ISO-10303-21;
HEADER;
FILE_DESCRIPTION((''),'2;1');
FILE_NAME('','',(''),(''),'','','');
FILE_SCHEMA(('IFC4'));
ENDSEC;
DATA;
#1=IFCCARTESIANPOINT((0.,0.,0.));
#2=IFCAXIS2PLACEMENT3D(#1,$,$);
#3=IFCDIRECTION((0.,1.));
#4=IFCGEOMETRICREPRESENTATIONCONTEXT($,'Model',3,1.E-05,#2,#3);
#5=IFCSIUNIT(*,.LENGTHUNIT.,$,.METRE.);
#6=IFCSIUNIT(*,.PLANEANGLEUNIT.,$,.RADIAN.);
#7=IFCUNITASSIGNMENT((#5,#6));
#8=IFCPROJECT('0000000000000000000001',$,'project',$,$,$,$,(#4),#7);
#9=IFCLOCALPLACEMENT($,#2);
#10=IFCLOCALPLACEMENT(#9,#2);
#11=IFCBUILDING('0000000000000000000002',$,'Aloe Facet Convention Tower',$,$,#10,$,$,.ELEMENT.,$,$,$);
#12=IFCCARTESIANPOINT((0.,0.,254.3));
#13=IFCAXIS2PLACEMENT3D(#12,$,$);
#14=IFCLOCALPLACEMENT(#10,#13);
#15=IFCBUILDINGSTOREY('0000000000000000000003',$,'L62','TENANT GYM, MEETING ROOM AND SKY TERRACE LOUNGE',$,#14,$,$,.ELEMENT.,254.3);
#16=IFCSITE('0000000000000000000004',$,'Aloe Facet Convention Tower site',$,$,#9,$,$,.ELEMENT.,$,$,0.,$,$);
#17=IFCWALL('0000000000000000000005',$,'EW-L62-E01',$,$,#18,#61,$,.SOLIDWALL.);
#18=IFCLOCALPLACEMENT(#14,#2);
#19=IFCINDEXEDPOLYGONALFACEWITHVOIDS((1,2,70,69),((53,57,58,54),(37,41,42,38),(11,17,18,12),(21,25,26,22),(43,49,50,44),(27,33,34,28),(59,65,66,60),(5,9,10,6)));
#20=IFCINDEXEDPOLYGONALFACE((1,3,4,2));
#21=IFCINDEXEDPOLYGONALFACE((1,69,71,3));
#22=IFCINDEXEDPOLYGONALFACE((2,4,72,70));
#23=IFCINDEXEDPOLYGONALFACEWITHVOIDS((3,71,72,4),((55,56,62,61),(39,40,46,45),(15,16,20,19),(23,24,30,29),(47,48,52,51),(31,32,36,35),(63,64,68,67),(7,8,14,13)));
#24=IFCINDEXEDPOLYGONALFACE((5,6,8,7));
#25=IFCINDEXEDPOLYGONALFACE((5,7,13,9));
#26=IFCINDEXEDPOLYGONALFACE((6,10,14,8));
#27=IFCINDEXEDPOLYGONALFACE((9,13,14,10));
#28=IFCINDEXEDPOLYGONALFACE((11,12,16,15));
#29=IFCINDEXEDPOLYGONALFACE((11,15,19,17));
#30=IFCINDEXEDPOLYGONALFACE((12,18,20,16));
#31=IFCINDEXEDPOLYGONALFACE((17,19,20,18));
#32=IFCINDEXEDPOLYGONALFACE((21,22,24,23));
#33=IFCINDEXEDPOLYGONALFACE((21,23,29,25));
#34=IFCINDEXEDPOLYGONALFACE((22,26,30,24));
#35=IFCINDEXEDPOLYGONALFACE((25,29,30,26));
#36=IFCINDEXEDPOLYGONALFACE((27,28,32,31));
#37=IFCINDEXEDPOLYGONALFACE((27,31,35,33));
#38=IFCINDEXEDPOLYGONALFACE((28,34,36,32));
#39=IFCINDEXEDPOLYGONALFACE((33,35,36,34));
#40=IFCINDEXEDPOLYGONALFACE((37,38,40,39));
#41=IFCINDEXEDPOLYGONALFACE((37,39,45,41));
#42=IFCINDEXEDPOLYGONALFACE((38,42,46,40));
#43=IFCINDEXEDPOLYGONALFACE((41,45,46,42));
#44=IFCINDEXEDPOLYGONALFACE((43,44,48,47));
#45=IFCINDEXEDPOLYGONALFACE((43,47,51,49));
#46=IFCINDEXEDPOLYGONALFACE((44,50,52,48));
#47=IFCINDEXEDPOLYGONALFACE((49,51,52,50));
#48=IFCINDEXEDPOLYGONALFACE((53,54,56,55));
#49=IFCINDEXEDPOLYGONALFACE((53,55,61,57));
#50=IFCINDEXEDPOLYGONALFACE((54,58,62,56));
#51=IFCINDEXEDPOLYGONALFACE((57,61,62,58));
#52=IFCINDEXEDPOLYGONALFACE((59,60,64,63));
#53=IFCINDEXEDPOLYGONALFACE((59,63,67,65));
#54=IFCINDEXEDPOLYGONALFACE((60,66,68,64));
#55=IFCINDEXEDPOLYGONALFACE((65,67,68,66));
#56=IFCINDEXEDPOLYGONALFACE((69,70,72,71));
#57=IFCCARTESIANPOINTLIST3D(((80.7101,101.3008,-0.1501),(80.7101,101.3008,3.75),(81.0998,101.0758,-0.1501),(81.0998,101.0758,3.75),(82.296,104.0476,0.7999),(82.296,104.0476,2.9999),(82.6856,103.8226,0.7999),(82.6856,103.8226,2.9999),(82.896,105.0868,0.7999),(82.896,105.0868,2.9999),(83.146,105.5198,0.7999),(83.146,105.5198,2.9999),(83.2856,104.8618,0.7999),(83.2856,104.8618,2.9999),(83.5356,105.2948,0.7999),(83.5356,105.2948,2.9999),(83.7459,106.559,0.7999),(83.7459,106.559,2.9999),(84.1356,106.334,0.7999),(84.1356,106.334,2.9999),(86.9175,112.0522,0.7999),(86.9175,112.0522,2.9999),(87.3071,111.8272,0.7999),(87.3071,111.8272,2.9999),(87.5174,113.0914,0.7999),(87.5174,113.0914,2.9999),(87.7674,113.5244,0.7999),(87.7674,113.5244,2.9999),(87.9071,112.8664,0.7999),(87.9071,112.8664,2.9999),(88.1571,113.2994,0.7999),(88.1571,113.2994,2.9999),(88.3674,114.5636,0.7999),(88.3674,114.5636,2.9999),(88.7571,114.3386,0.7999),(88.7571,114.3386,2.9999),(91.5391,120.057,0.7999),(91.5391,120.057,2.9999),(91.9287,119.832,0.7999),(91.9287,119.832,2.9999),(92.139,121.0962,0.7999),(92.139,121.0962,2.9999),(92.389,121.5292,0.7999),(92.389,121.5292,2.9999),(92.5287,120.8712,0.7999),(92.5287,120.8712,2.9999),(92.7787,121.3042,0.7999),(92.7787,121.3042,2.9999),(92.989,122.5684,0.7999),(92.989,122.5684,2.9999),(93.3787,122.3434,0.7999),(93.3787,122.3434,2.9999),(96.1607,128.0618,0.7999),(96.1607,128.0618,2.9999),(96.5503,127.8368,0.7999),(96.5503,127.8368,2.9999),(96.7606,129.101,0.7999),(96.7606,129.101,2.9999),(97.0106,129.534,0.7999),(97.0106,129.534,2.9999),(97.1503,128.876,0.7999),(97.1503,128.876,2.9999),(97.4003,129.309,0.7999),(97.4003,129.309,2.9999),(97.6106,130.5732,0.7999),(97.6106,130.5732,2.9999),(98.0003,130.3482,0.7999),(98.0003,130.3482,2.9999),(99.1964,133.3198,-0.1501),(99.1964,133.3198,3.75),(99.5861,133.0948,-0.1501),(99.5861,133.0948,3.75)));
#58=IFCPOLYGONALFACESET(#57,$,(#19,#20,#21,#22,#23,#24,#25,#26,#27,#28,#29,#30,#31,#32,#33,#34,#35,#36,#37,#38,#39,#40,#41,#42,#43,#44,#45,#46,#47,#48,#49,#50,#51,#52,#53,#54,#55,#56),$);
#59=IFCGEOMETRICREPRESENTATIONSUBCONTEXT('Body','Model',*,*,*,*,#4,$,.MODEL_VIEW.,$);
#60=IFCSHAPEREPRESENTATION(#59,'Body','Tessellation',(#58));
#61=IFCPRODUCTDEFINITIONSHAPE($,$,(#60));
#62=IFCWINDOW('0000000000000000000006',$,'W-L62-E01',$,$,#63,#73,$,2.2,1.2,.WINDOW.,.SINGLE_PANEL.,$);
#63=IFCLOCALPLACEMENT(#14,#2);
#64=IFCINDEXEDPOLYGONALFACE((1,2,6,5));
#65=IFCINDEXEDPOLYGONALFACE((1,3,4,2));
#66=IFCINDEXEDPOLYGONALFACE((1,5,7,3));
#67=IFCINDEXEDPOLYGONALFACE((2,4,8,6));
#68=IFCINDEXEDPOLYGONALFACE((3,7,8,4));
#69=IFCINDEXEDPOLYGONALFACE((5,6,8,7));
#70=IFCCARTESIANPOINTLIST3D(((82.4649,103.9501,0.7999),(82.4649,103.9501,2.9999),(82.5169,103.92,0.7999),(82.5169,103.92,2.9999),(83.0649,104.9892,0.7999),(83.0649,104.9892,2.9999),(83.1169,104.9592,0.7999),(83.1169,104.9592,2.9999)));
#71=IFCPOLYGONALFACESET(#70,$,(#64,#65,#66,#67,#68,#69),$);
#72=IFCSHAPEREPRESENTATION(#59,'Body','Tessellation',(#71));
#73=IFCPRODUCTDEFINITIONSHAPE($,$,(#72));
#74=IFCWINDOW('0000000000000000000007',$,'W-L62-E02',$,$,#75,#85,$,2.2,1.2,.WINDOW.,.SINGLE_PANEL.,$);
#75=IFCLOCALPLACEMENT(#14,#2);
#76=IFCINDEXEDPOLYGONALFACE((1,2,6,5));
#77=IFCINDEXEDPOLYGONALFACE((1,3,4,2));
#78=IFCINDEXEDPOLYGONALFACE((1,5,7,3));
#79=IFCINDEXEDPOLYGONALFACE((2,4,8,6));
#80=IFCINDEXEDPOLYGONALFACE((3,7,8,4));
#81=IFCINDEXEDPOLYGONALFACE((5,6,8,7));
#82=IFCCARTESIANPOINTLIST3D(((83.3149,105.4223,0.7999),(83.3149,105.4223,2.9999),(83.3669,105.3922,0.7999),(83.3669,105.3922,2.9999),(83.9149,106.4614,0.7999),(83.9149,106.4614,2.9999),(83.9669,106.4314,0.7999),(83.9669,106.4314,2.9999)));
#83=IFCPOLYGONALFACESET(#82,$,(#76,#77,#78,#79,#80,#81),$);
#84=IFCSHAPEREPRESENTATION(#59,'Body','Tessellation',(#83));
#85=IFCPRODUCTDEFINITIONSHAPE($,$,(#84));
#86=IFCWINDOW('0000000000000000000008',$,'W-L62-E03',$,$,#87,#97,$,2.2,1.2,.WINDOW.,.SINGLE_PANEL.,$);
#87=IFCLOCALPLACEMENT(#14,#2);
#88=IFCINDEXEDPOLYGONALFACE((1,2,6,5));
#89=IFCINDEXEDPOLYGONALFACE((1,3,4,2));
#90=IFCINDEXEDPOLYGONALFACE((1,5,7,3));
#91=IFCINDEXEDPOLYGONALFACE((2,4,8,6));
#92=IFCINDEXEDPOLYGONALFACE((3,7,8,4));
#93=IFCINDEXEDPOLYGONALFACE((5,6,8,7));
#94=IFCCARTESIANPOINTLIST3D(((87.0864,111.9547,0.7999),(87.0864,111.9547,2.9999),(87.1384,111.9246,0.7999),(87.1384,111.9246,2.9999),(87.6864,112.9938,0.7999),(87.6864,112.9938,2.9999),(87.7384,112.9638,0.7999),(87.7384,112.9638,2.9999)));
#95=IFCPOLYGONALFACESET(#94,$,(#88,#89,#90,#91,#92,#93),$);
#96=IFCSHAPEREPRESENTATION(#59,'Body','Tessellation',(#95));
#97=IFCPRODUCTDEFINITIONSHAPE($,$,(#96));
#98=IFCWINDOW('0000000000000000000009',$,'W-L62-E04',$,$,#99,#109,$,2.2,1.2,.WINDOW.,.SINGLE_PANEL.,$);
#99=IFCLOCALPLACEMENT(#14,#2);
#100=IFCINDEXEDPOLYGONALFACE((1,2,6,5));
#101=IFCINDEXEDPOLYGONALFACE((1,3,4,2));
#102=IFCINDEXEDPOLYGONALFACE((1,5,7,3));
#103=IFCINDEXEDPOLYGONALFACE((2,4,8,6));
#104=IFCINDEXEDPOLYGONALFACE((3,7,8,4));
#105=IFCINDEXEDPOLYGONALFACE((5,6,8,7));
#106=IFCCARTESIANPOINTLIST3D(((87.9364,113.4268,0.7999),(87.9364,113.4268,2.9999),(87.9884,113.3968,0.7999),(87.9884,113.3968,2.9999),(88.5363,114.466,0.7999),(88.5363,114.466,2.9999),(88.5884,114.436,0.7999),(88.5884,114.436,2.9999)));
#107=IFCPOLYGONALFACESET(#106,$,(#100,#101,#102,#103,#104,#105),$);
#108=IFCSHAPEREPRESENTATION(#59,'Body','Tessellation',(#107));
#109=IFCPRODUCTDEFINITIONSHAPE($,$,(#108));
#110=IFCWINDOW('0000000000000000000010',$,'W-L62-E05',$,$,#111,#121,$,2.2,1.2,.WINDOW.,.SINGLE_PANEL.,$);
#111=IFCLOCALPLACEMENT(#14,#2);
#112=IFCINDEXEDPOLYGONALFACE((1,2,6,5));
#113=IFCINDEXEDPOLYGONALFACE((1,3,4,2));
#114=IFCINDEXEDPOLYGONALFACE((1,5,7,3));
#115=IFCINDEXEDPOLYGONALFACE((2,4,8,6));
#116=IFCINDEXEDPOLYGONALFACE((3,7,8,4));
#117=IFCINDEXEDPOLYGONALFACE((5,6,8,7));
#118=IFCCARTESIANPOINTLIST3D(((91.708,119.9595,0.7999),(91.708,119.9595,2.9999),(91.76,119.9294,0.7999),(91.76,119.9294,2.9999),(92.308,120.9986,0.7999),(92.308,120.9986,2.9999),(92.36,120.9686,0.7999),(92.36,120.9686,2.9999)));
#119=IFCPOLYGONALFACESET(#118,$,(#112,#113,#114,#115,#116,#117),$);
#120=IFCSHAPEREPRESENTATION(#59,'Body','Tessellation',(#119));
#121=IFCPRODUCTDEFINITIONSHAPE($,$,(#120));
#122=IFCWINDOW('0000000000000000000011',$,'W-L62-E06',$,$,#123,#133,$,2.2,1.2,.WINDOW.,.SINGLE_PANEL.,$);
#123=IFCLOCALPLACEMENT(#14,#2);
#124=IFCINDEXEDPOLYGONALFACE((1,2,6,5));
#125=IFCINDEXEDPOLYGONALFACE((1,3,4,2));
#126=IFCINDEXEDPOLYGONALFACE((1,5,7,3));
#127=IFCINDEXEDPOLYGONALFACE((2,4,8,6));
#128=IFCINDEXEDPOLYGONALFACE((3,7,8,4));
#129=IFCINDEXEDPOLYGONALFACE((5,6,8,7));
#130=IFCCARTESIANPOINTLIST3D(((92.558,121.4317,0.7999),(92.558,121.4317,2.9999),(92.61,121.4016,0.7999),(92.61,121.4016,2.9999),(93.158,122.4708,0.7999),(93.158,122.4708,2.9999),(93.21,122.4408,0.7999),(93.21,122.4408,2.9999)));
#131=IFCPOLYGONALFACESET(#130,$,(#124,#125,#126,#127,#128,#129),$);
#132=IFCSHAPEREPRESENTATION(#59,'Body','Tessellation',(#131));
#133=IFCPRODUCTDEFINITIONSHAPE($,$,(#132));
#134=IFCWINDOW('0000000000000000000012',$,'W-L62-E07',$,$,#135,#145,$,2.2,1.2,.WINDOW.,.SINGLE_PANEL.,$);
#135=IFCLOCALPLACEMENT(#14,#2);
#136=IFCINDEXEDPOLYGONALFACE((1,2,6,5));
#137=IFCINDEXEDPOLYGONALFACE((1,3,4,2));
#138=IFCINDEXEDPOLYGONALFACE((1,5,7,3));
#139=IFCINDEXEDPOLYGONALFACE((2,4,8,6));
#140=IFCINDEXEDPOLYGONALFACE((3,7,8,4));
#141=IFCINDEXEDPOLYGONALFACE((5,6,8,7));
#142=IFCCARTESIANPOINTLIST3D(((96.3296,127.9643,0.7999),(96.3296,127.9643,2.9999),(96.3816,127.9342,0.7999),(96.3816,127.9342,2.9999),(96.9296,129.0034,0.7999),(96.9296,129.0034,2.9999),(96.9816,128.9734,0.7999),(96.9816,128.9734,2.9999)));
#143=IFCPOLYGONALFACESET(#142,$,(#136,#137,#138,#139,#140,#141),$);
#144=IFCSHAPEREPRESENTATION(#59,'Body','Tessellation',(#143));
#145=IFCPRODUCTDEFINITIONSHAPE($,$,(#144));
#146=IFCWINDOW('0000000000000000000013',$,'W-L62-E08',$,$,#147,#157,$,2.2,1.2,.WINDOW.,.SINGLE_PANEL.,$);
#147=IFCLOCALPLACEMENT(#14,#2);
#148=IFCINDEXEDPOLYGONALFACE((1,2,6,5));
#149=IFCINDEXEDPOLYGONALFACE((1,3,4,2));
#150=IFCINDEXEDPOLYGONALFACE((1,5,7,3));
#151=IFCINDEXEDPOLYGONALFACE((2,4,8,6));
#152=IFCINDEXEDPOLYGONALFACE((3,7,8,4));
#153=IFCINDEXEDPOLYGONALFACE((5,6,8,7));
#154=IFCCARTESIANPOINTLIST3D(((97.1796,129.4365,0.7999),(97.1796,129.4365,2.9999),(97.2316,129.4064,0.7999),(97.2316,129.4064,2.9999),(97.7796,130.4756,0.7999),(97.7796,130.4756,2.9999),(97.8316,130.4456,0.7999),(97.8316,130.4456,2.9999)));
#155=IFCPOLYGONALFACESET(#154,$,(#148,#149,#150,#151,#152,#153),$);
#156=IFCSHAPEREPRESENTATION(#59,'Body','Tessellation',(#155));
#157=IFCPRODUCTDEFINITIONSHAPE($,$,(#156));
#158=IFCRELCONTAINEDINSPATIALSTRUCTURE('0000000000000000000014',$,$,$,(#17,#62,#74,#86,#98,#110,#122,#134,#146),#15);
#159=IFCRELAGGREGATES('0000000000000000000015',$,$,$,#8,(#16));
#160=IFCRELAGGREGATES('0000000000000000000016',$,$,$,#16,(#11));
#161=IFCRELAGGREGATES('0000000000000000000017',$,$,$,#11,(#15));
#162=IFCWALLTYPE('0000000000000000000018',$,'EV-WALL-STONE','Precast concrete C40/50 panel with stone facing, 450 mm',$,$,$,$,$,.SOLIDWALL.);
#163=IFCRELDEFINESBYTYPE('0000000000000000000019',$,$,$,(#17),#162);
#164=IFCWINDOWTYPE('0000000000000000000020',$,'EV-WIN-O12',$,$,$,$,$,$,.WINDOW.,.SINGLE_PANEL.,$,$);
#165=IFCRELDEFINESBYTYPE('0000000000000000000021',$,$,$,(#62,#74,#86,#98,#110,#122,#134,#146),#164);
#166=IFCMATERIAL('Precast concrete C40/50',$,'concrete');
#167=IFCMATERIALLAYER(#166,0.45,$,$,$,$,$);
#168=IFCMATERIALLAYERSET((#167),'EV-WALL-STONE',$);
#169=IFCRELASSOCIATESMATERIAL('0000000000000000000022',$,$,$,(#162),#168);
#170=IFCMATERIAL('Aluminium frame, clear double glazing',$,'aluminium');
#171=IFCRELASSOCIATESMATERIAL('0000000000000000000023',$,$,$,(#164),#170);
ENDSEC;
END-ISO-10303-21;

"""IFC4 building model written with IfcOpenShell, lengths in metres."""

from ifc_helpers import new_model, si_unit, direction, frame, frame_2d, origin, place, context, subcontext, project, spatial, polyline, rectangle, outline, extrude, material, layer, layer_set, type_object, element, fill, save


model = new_model("IFC4")

# Units and contexts
model_context = context("Model", 3, precision=1e-05, world=origin(), true_north=direction((0.0, 1.0)))
body_context = subcontext(model_context, "Body", "Model", "MODEL_VIEW")
ifc_project = project(units=[si_unit("LENGTHUNIT", "METRE"), si_unit("PLANEANGLEUNIT", "RADIAN")], contexts=[model_context])

# Site, building, storey
site_placement = place(None, origin())
site = spatial("IfcSite", under=ifc_project, at=site_placement, Name="Aloe Facet Convention Tower site", CompositionType="ELEMENT", RefElevation=0.0)
building_placement = place(site_placement, origin())
building = spatial("IfcBuilding", under=site, at=building_placement, Name="Aloe Facet Convention Tower", CompositionType="ELEMENT")
storey_placement = place(building_placement, frame((0.0, 0.0, 254.3)))
storey = spatial("IfcBuildingStorey", under=building, at=storey_placement, Name="L62", Description="TENANT GYM, MEETING ROOM AND SKY TERRACE LOUNGE", CompositionType="ELEMENT", Elevation=254.3)

# Wall, openings, windows
ifc_material_1 = material(Name="Precast concrete C40/50", Category="concrete")
ifc_layer_1 = layer(ifc_material_1, 0.45)
ifc_layer_set_1 = layer_set([ifc_layer_1], Name="EV-WALL-STONE")
wall_type_1 = type_object("IfcWallType", Name="EV-WALL-STONE", Description="Precast concrete C40/50 panel with stone facing, 450 mm", PredefinedType="SOLIDWALL", material=ifc_layer_set_1)
wall_1_placement = place(storey_placement, frame((80.905, 101.1882, -0.1501), z_axis=(0.0, 0.0, 1.0), x_axis=(0.500003, 0.866024, 0.0)))
wall_1 = element("IfcWall", 1, at=wall_1_placement, inside=storey, type_object=wall_type_1, Name="EW-L62-E01", PredefinedType="SOLIDWALL", context=body_context, shape_type="SweptSolid", body=[
    extrude(outline(polyline([(36.9724, 0.0), (36.9724, 3.9001), (0.0, 3.9001), (0.0, 0.0), (36.9724, 0.0)])), frame((0.0, 0.2251, 0.0), z_axis=(0.0, -1.0, 0.0), x_axis=(1.0, 0.0, 0.0)), (0.0, 0.0, 1.0), 0.45),
])
opening_1_placement = place(wall_1_placement, frame((3.1716, 0.0, 0.95)))
opening_1 = element("IfcOpeningElement", 2, at=opening_1_placement, cuts=wall_1, PredefinedType="OPENING", context=body_context, shape_type="SweptSolid", body=[
    extrude(rectangle(XDim=1.2, YDim=2.2, at=frame_2d((0.6001, 1.1001))), frame((0.0, 0.2349, 0.0), z_axis=(0.0, -1.0, 0.0), x_axis=(1.0, 0.0, 0.0)), (0.0, 0.0, 1.0), 0.47),
])
opening_2_placement = place(wall_1_placement, frame((4.8716, 0.0, 0.95)))
opening_2 = element("IfcOpeningElement", 3, at=opening_2_placement, cuts=wall_1, PredefinedType="OPENING", context=body_context, shape_type="SweptSolid", body=[
    extrude(rectangle(XDim=1.2, YDim=2.2, at=frame_2d((0.6001, 1.1001))), frame((0.0, 0.2349, 0.0), z_axis=(0.0, -1.0, 0.0), x_axis=(1.0, 0.0, 0.0)), (0.0, 0.0, 1.0), 0.47),
])
opening_3_placement = place(wall_1_placement, frame((12.4146, 0.0, 0.95)))
opening_3 = element("IfcOpeningElement", 4, at=opening_3_placement, cuts=wall_1, PredefinedType="OPENING", context=body_context, shape_type="SweptSolid", body=[
    extrude(rectangle(XDim=1.2, YDim=2.2, at=frame_2d((0.6001, 1.1001))), frame((0.0, 0.2349, 0.0), z_axis=(0.0, -1.0, 0.0), x_axis=(1.0, 0.0, 0.0)), (0.0, 0.0, 1.0), 0.47),
])
opening_4_placement = place(wall_1_placement, frame((14.1145, 0.0, 0.95)))
opening_4 = element("IfcOpeningElement", 5, at=opening_4_placement, cuts=wall_1, PredefinedType="OPENING", context=body_context, shape_type="SweptSolid", body=[
    extrude(rectangle(XDim=1.2, YDim=2.2, at=frame_2d((0.6001, 1.1001))), frame((0.0, 0.2349, 0.0), z_axis=(0.0, -1.0, 0.0), x_axis=(1.0, 0.0, 0.0)), (0.0, 0.0, 1.0), 0.47),
])
opening_5_placement = place(wall_1_placement, frame((21.6577, 0.0, 0.95)))
opening_5 = element("IfcOpeningElement", 6, at=opening_5_placement, cuts=wall_1, PredefinedType="OPENING", context=body_context, shape_type="SweptSolid", body=[
    extrude(rectangle(XDim=1.2, YDim=2.2, at=frame_2d((0.6001, 1.1001))), frame((0.0, 0.2349, 0.0), z_axis=(0.0, -1.0, 0.0), x_axis=(1.0, 0.0, 0.0)), (0.0, 0.0, 1.0), 0.47),
])
opening_6_placement = place(wall_1_placement, frame((23.3577, 0.0, 0.95)))
opening_6 = element("IfcOpeningElement", 7, at=opening_6_placement, cuts=wall_1, PredefinedType="OPENING", context=body_context, shape_type="SweptSolid", body=[
    extrude(rectangle(XDim=1.2, YDim=2.2, at=frame_2d((0.6001, 1.1001))), frame((0.0, 0.2349, 0.0), z_axis=(0.0, -1.0, 0.0), x_axis=(1.0, 0.0, 0.0)), (0.0, 0.0, 1.0), 0.47),
])
opening_7_placement = place(wall_1_placement, frame((30.9009, 0.0, 0.95)))
opening_7 = element("IfcOpeningElement", 8, at=opening_7_placement, cuts=wall_1, PredefinedType="OPENING", context=body_context, shape_type="SweptSolid", body=[
    extrude(rectangle(XDim=1.2, YDim=2.2, at=frame_2d((0.6001, 1.1001))), frame((0.0, 0.2349, 0.0), z_axis=(0.0, -1.0, 0.0), x_axis=(1.0, 0.0, 0.0)), (0.0, 0.0, 1.0), 0.47),
])
opening_8_placement = place(wall_1_placement, frame((32.6008, 0.0, 0.95)))
opening_8 = element("IfcOpeningElement", 9, at=opening_8_placement, cuts=wall_1, PredefinedType="OPENING", context=body_context, shape_type="SweptSolid", body=[
    extrude(rectangle(XDim=1.2, YDim=2.2, at=frame_2d((0.6001, 1.1001))), frame((0.0, 0.2349, 0.0), z_axis=(0.0, -1.0, 0.0), x_axis=(1.0, 0.0, 0.0)), (0.0, 0.0, 1.0), 0.47),
])
ifc_material_2 = material(Name="Aluminium frame, clear double glazing", Category="aluminium")
window_type = type_object("IfcWindowType", Name="EV-WIN-O12", PartitioningType="SINGLE_PANEL", PredefinedType="WINDOW", material=ifc_material_2)
window_1_placement = place(opening_1_placement, origin())
window_1 = element("IfcWindow", 10, at=window_1_placement, inside=storey, type_object=window_type, Name="W-L62-E01", OverallHeight=2.2, OverallWidth=1.2, PartitioningType="SINGLE_PANEL", PredefinedType="WINDOW", context=body_context, shape_type="SweptSolid", body=[
    extrude(rectangle(XDim=1.2, YDim=2.2, at=frame_2d((0.6001, 1.1001))), frame((0.0, 0.03, 0.0), z_axis=(0.0, -1.0, 0.0), x_axis=(1.0, 0.0, 0.0)), (0.0, 0.0, 1.0), 0.0601),
])
fill(opening_1, window_1)
window_2_placement = place(opening_2_placement, origin())
window_2 = element("IfcWindow", 11, at=window_2_placement, inside=storey, type_object=window_type, Name="W-L62-E02", OverallHeight=2.2, OverallWidth=1.2, PartitioningType="SINGLE_PANEL", PredefinedType="WINDOW", context=body_context, shape_type="SweptSolid", body=[
    extrude(rectangle(XDim=1.2, YDim=2.2, at=frame_2d((0.6001, 1.1001))), frame((0.0, 0.03, 0.0), z_axis=(0.0, -1.0, 0.0), x_axis=(1.0, 0.0, 0.0)), (0.0, 0.0, 1.0), 0.0601),
])
fill(opening_2, window_2)
window_3_placement = place(opening_3_placement, origin())
window_3 = element("IfcWindow", 12, at=window_3_placement, inside=storey, type_object=window_type, Name="W-L62-E03", OverallHeight=2.2, OverallWidth=1.2, PartitioningType="SINGLE_PANEL", PredefinedType="WINDOW", context=body_context, shape_type="SweptSolid", body=[
    extrude(rectangle(XDim=1.2, YDim=2.2, at=frame_2d((0.6001, 1.1001))), frame((0.0, 0.03, 0.0), z_axis=(0.0, -1.0, 0.0), x_axis=(1.0, 0.0, 0.0)), (0.0, 0.0, 1.0), 0.0601),
])
fill(opening_3, window_3)
window_4_placement = place(opening_4_placement, origin())
window_4 = element("IfcWindow", 13, at=window_4_placement, inside=storey, type_object=window_type, Name="W-L62-E04", OverallHeight=2.2, OverallWidth=1.2, PartitioningType="SINGLE_PANEL", PredefinedType="WINDOW", context=body_context, shape_type="SweptSolid", body=[
    extrude(rectangle(XDim=1.2, YDim=2.2, at=frame_2d((0.6001, 1.1001))), frame((0.0, 0.03, 0.0), z_axis=(0.0, -1.0, 0.0), x_axis=(1.0, 0.0, 0.0)), (0.0, 0.0, 1.0), 0.0601),
])
fill(opening_4, window_4)
window_5_placement = place(opening_5_placement, origin())
window_5 = element("IfcWindow", 14, at=window_5_placement, inside=storey, type_object=window_type, Name="W-L62-E05", OverallHeight=2.2, OverallWidth=1.2, PartitioningType="SINGLE_PANEL", PredefinedType="WINDOW", context=body_context, shape_type="SweptSolid", body=[
    extrude(rectangle(XDim=1.2, YDim=2.2, at=frame_2d((0.6001, 1.1001))), frame((0.0, 0.03, 0.0), z_axis=(0.0, -1.0, 0.0), x_axis=(1.0, 0.0, 0.0)), (0.0, 0.0, 1.0), 0.0601),
])
fill(opening_5, window_5)
window_6_placement = place(opening_6_placement, origin())
window_6 = element("IfcWindow", 15, at=window_6_placement, inside=storey, type_object=window_type, Name="W-L62-E06", OverallHeight=2.2, OverallWidth=1.2, PartitioningType="SINGLE_PANEL", PredefinedType="WINDOW", context=body_context, shape_type="SweptSolid", body=[
    extrude(rectangle(XDim=1.2, YDim=2.2, at=frame_2d((0.6001, 1.1001))), frame((0.0, 0.03, 0.0), z_axis=(0.0, -1.0, 0.0), x_axis=(1.0, 0.0, 0.0)), (0.0, 0.0, 1.0), 0.0601),
])
fill(opening_6, window_6)
window_7_placement = place(opening_7_placement, origin())
window_7 = element("IfcWindow", 16, at=window_7_placement, inside=storey, type_object=window_type, Name="W-L62-E07", OverallHeight=2.2, OverallWidth=1.2, PartitioningType="SINGLE_PANEL", PredefinedType="WINDOW", context=body_context, shape_type="SweptSolid", body=[
    extrude(rectangle(XDim=1.2, YDim=2.2, at=frame_2d((0.6001, 1.1001))), frame((0.0, 0.03, 0.0), z_axis=(0.0, -1.0, 0.0), x_axis=(1.0, 0.0, 0.0)), (0.0, 0.0, 1.0), 0.0601),
])
fill(opening_7, window_7)
window_8_placement = place(opening_8_placement, origin())
window_8 = element("IfcWindow", 17, at=window_8_placement, inside=storey, type_object=window_type, Name="W-L62-E08", OverallHeight=2.2, OverallWidth=1.2, PartitioningType="SINGLE_PANEL", PredefinedType="WINDOW", context=body_context, shape_type="SweptSolid", body=[
    extrude(rectangle(XDim=1.2, YDim=2.2, at=frame_2d((0.6001, 1.1001))), frame((0.0, 0.03, 0.0), z_axis=(0.0, -1.0, 0.0), x_axis=(1.0, 0.0, 0.0)), (0.0, 0.0, 1.0), 0.0601),
])
fill(opening_8, window_8)

save(model, "model.ifc")
